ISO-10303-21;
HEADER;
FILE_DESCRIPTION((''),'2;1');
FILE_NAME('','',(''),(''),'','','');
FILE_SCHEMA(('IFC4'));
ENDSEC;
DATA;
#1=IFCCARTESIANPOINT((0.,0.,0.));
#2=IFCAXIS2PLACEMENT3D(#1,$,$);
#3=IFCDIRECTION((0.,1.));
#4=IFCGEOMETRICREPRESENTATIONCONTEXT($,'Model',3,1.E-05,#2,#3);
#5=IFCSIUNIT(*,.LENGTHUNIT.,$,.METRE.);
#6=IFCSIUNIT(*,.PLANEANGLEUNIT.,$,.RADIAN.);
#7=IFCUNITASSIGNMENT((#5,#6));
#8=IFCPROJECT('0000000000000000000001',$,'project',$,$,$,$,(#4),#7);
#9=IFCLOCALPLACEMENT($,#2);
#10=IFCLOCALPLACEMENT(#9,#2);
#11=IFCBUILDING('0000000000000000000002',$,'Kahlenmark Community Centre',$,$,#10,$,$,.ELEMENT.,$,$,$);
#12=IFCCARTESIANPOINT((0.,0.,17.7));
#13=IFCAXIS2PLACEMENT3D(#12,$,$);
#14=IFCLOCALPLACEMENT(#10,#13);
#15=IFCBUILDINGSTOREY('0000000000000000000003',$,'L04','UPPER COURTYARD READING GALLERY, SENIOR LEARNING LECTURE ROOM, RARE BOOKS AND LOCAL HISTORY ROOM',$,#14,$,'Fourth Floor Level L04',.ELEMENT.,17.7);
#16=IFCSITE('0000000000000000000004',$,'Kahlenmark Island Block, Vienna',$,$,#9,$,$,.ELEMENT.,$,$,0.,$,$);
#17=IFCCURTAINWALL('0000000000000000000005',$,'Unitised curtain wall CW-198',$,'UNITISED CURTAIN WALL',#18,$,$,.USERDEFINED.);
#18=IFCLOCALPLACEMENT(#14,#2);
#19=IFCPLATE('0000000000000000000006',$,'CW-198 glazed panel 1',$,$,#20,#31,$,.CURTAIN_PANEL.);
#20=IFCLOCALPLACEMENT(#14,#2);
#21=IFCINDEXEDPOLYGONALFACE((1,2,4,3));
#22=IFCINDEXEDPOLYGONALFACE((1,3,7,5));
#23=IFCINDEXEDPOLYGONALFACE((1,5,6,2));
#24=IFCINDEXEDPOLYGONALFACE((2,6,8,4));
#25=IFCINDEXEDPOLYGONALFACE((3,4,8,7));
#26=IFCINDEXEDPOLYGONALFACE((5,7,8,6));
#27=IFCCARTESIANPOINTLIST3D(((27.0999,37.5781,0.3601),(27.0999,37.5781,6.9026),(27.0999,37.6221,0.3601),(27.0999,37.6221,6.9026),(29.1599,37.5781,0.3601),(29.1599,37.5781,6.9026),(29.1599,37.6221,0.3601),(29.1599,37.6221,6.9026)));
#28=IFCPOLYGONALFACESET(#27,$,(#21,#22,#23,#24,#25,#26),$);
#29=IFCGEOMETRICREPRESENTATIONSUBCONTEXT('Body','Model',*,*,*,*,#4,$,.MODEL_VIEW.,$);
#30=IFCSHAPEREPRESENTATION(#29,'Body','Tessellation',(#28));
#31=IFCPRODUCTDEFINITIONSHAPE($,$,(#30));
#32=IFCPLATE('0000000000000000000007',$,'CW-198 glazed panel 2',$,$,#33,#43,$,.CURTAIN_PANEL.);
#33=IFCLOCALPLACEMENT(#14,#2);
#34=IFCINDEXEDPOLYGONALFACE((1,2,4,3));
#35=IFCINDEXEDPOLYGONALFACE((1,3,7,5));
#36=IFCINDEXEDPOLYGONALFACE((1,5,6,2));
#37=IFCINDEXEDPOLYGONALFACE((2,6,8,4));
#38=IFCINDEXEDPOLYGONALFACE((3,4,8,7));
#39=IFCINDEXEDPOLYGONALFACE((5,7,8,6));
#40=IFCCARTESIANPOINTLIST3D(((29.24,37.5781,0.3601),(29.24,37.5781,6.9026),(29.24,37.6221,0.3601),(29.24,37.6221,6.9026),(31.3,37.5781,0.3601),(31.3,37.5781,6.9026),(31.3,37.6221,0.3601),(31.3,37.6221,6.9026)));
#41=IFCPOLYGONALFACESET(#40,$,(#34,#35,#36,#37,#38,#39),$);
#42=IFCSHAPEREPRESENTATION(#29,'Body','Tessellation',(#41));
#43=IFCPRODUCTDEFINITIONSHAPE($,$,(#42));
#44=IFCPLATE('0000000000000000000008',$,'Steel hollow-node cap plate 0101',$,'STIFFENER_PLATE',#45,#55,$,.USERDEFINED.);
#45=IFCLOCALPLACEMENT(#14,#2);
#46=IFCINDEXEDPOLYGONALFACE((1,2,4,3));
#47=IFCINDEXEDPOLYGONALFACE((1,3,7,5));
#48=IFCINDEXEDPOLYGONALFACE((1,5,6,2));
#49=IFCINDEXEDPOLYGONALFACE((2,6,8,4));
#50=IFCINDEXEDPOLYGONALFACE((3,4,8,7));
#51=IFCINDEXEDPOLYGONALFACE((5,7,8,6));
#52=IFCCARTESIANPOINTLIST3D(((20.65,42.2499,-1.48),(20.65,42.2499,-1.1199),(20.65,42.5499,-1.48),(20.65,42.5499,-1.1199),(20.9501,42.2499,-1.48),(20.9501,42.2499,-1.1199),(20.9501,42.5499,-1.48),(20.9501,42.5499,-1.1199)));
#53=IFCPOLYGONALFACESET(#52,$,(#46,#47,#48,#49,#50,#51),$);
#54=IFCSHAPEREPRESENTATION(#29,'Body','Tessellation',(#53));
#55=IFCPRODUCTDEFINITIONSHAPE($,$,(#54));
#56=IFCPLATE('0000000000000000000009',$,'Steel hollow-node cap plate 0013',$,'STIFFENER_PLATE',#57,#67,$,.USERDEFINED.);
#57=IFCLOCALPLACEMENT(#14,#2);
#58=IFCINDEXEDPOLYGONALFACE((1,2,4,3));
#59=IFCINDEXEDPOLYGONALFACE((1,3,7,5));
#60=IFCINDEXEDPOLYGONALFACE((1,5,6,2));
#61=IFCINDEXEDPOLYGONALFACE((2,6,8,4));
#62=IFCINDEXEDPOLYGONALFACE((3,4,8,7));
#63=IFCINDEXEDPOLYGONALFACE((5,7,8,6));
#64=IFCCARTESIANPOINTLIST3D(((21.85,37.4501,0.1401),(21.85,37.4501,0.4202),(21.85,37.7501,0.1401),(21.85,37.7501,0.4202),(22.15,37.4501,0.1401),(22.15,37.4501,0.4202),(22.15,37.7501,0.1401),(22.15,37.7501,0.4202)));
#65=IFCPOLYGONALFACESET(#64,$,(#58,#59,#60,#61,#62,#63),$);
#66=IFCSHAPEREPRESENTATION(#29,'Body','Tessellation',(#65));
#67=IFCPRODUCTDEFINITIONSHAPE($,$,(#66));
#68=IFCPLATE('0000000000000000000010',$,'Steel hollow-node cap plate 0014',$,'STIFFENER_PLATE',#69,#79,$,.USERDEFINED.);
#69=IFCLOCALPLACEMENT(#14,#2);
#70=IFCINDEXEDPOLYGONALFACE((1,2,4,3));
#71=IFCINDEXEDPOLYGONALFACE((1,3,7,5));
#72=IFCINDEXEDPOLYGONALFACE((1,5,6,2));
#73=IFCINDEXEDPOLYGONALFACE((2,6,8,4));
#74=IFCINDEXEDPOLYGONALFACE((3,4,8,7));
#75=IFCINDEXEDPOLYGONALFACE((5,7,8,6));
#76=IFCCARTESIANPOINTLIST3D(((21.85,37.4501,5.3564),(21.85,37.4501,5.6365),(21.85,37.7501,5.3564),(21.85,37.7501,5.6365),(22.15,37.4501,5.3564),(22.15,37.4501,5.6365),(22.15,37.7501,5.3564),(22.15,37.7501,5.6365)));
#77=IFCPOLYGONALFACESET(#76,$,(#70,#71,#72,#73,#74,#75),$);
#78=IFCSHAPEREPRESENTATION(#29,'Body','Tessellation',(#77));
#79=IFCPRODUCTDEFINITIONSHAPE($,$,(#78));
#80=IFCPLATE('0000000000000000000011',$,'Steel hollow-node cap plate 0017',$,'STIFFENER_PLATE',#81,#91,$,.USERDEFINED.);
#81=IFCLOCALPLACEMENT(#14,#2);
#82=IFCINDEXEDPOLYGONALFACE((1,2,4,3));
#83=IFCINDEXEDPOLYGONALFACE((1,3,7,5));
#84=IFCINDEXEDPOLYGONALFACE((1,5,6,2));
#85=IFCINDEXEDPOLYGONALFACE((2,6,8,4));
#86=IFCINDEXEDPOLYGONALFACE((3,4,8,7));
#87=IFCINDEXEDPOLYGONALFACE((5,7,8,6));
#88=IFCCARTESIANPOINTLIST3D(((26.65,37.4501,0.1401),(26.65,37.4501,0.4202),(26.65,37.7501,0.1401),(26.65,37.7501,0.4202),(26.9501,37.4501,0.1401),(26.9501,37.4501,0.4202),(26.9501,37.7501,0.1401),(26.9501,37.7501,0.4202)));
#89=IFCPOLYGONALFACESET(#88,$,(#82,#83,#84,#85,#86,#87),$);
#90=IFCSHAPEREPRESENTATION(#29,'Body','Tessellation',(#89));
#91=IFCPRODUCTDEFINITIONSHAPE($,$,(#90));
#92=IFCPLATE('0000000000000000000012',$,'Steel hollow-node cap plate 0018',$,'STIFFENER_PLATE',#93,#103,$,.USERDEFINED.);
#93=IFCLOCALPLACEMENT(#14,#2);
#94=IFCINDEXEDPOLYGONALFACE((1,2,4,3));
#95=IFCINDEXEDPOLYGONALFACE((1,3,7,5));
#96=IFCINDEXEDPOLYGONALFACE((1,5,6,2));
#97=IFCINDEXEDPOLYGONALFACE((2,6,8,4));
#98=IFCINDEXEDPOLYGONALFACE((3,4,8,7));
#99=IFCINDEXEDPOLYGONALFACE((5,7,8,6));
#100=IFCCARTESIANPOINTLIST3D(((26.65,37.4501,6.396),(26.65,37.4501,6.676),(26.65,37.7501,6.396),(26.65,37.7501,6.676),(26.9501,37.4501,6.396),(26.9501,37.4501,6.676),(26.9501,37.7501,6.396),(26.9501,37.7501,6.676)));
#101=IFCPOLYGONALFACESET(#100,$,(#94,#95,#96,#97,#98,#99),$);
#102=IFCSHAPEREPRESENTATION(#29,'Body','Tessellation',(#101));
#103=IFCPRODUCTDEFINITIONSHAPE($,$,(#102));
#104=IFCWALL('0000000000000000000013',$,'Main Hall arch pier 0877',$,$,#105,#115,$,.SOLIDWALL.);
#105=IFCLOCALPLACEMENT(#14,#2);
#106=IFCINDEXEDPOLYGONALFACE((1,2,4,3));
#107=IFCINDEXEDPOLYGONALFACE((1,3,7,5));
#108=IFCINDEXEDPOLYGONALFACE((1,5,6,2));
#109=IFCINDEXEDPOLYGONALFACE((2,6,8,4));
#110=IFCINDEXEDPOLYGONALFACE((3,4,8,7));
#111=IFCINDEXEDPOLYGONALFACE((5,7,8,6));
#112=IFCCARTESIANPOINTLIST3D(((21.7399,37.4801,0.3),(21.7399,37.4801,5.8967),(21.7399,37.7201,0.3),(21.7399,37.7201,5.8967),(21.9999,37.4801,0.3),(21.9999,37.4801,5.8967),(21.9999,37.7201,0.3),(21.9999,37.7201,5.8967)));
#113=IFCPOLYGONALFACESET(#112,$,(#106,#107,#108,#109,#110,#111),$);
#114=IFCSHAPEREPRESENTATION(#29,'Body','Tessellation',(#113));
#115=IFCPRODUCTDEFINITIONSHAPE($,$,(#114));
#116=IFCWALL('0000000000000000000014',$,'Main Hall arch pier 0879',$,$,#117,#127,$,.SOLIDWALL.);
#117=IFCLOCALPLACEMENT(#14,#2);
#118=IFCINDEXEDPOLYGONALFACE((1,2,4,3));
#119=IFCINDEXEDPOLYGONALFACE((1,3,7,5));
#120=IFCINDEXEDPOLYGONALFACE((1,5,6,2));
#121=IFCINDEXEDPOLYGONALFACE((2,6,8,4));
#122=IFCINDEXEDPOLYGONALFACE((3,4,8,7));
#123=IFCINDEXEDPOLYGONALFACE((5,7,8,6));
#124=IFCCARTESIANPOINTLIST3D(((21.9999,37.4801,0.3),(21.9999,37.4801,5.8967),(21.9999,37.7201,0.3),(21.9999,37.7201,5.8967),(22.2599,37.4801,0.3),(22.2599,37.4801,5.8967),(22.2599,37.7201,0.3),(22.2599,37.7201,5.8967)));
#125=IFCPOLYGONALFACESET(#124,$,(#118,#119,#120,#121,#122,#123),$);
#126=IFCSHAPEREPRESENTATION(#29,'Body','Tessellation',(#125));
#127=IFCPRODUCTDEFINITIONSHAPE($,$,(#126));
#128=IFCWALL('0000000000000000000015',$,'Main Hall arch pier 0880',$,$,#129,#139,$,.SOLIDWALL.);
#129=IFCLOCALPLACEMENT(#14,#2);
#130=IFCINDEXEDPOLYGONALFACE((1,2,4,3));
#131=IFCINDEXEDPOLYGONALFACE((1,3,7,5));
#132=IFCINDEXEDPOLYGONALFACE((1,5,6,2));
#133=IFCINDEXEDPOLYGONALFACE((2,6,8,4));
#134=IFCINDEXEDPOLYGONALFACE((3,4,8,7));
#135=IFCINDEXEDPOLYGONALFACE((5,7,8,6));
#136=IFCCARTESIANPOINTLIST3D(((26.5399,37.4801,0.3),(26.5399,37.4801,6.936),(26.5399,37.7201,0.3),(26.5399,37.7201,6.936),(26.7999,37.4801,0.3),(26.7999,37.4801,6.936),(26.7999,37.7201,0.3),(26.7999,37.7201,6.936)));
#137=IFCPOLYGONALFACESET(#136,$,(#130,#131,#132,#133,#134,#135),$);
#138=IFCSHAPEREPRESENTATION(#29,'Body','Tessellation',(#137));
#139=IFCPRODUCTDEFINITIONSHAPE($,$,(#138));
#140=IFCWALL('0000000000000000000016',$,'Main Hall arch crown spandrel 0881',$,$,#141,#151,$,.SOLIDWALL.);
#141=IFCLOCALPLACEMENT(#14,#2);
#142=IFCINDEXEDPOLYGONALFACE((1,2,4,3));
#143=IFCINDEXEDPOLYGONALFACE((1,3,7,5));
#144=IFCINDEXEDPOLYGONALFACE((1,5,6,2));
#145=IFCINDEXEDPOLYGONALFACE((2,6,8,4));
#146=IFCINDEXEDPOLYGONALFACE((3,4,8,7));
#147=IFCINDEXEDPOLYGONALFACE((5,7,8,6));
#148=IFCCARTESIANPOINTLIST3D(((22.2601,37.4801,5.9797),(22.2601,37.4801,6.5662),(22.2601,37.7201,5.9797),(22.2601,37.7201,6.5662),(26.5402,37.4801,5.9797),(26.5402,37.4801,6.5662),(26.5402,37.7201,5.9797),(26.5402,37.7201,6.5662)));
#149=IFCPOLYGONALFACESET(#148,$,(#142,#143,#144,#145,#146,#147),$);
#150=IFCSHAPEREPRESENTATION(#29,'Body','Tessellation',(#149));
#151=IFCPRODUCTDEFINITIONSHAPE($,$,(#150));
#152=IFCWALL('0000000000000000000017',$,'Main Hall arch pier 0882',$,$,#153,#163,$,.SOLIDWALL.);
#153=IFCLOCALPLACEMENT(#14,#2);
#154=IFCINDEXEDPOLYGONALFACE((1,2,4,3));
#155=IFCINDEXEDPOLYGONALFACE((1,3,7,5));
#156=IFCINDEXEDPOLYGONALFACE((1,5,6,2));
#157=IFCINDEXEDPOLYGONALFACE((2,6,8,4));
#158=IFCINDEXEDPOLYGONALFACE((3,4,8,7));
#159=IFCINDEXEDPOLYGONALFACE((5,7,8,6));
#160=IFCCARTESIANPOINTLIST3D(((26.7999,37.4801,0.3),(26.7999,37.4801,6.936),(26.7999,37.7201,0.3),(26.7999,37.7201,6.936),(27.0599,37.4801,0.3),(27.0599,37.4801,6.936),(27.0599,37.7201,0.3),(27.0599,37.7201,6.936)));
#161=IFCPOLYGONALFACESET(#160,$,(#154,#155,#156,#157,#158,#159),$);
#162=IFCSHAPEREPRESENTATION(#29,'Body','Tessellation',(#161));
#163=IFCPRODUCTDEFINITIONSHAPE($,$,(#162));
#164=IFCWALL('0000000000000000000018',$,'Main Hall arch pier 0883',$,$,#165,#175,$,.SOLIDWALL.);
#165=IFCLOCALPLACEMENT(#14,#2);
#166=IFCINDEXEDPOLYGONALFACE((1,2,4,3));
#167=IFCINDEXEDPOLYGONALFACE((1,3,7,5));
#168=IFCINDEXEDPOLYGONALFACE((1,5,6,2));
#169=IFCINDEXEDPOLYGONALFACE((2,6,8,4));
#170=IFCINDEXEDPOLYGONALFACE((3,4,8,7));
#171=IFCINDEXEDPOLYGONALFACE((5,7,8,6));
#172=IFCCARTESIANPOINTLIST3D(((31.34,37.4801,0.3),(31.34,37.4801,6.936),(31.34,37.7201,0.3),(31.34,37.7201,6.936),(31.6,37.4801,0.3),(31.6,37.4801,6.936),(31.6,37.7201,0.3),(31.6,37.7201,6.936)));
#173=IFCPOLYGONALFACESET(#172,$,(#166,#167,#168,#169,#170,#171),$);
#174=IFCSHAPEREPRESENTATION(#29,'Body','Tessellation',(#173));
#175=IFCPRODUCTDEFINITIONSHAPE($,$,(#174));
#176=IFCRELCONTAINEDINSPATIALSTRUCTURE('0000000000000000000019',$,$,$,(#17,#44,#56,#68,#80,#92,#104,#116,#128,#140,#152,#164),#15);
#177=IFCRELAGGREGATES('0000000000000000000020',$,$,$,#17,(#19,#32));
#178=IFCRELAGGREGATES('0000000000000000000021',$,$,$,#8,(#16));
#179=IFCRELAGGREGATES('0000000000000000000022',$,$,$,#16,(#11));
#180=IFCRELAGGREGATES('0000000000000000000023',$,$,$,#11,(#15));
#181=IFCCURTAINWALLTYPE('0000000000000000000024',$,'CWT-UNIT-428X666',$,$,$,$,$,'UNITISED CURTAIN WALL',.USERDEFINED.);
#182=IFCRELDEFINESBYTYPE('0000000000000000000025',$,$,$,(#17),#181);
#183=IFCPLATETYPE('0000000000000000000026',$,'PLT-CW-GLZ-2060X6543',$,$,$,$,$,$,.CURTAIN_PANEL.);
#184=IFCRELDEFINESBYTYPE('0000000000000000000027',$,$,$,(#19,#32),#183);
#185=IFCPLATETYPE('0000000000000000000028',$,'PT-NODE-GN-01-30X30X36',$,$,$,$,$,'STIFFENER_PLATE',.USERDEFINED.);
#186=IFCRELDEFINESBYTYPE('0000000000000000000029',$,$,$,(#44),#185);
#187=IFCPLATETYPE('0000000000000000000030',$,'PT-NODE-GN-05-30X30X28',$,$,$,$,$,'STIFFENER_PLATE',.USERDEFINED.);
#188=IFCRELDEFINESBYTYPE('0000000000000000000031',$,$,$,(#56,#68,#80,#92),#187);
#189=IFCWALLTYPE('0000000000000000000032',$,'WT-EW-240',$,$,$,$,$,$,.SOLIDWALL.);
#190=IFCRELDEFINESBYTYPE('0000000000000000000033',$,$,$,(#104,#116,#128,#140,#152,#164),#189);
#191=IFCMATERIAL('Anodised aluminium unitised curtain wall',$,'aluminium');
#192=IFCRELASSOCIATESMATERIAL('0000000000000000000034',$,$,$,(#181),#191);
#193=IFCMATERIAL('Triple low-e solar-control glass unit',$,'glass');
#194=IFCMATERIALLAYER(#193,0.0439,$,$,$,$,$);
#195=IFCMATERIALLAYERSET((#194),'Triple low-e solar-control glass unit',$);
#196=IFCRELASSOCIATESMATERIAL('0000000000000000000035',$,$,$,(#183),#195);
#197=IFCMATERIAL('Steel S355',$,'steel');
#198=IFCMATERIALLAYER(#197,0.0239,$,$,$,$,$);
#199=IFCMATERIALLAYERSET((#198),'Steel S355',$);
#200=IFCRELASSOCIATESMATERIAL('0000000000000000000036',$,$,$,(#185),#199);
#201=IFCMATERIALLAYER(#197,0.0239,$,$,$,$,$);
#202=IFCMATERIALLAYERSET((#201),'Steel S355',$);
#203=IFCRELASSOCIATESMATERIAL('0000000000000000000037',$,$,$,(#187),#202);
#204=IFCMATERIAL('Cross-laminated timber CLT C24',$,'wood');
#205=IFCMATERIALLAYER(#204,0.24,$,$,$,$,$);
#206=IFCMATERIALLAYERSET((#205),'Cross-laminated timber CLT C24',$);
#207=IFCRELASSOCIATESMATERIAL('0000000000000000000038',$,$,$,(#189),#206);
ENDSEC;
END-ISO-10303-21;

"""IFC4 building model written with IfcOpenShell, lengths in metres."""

from ifc_helpers import new_model, si_unit, direction, frame, frame_2d, origin, origin_2d, place, context, subcontext, project, spatial, rectangle, extrude, material, layer, layer_set, type_object, element, aggregate, save


model = new_model("IFC4")

# Units and contexts
model_context = context("Model", 3, precision=1e-05, world=origin(), true_north=direction((0.0, 1.0)))
body_context = subcontext(model_context, "Body", "Model", "MODEL_VIEW")
ifc_project = project(units=[si_unit("LENGTHUNIT", "METRE"), si_unit("PLANEANGLEUNIT", "RADIAN")], contexts=[model_context])

# Site, building, storey
site_placement = place(None, origin())
site = spatial("IfcSite", under=ifc_project, at=site_placement, Name="Kahlenmark Island Block, Vienna", CompositionType="ELEMENT", RefElevation=0.0)
building_placement = place(site_placement, origin())
building = spatial("IfcBuilding", under=site, at=building_placement, Name="Kahlenmark Community Centre", CompositionType="ELEMENT")
storey_placement = place(building_placement, frame((0.0, 0.0, 17.7)))
storey = spatial("IfcBuildingStorey", under=building, at=storey_placement, Name="L04", Description="UPPER COURTYARD READING GALLERY, SENIOR LEARNING LECTURE ROOM, RARE BOOKS AND LOCAL HISTORY ROOM", LongName="Fourth Floor Level L04", CompositionType="ELEMENT", Elevation=17.7)

# Shared definitions
ifc_material_1 = material(Name="Steel S355", Category="steel")

# Shared definitions
ifc_material_2 = material(Name="Anodised aluminium unitised curtain wall", Category="aluminium")

# Curtain wall
curtain_wall_type_1 = type_object("IfcCurtainWallType", Name="CWT-UNIT-428X666", ElementType="UNITISED CURTAIN WALL", PredefinedType="USERDEFINED", material=ifc_material_2)
curtain_wall_1_placement = place(storey_placement, origin())
curtain_wall_1 = element("IfcCurtainWall", 1, at=curtain_wall_1_placement, inside=storey, type_object=curtain_wall_type_1, Name="Unitised curtain wall CW-198", ObjectType="UNITISED CURTAIN WALL", PredefinedType="USERDEFINED")

# Plates
ifc_material_3 = material(Name="Triple low-e solar-control glass unit", Category="glass")
ifc_layer_1 = layer(ifc_material_3, 0.0439)
ifc_layer_set_1 = layer_set([ifc_layer_1], Name="Triple low-e solar-control glass unit")
plate_type_1 = type_object("IfcPlateType", Name="PLT-CW-GLZ-2060X6543", PredefinedType="CURTAIN_PANEL", material=ifc_layer_set_1)
plate_1_placement = place(storey_placement, frame((28.1299, 37.6001, 0.3601), z_axis=(0.0, 0.0, 1.0), x_axis=(1.0, 0.0, 0.0)))
plate_1 = element("IfcPlate", 2, at=plate_1_placement, type_object=plate_type_1, Name="CW-198 glazed panel 1", PredefinedType="CURTAIN_PANEL", context=body_context, shape_type="SweptSolid", body=[
    extrude(rectangle(XDim=2.0601, YDim=0.0439, at=origin_2d()), origin(), (0.0, 0.0, 1.0), 6.5425),
])
plate_2_placement = place(storey_placement, frame((30.27, 37.6001, 0.3601), z_axis=(0.0, 0.0, 1.0), x_axis=(1.0, 0.0, 0.0)))
plate_2 = element("IfcPlate", 3, at=plate_2_placement, type_object=plate_type_1, Name="CW-198 glazed panel 2", PredefinedType="CURTAIN_PANEL", context=body_context, shape_type="SweptSolid", body=[
    extrude(rectangle(XDim=2.0601, YDim=0.0439, at=origin_2d()), origin(), (0.0, 0.0, 1.0), 6.5425),
])
aggregate(curtain_wall_1, [plate_1, plate_2])

# Plates
ifc_layer_2 = layer(ifc_material_1, 0.0239)
ifc_layer_set_2 = layer_set([ifc_layer_2], Name="Steel S355")
plate_type_2 = type_object("IfcPlateType", Name="PT-NODE-GN-01-30X30X36", ElementType="STIFFENER_PLATE", PredefinedType="USERDEFINED", material=ifc_layer_set_2)
plate_3_placement = place(storey_placement, frame((20.8, 42.3999, -1.48), z_axis=(0.0, 0.0, 1.0), x_axis=(1.0, 0.0, 0.0)))
element("IfcPlate", 4, at=plate_3_placement, inside=storey, type_object=plate_type_2, Name="Steel hollow-node cap plate 0101", ObjectType="STIFFENER_PLATE", PredefinedType="USERDEFINED", context=body_context, shape_type="SweptSolid", body=[
    extrude(rectangle(XDim=0.3, YDim=0.3, at=origin_2d()), origin(), (0.0, 0.0, 1.0), 0.3601),
])
ifc_layer_3 = layer(ifc_material_1, 0.0239)
ifc_layer_set_3 = layer_set([ifc_layer_3], Name="Steel S355")
plate_type_3 = type_object("IfcPlateType", Name="PT-NODE-GN-05-30X30X28", ElementType="STIFFENER_PLATE", PredefinedType="USERDEFINED", material=ifc_layer_set_3)
for number, where, z_axis, x_axis, name in (
    (5, (22.0, 37.6001, 0.1401), (0.0, 0.0, 1.0), (1.0, 0.0, 0.0), "Steel hollow-node cap plate 0013"),
    (6, (22.0, 37.6001, 5.3564), (0.0, 0.0, 1.0), (1.0, 0.0, 0.0), "Steel hollow-node cap plate 0014"),
    (7, (26.8, 37.6001, 0.1401), (0.0, 0.0, 1.0), (1.0, 0.0, 0.0), "Steel hollow-node cap plate 0017"),
    (8, (26.8, 37.6001, 6.396), (0.0, 0.0, 1.0), (1.0, 0.0, 0.0), "Steel hollow-node cap plate 0018"),
):
    element("IfcPlate", number, at=place(storey_placement, frame(where, z_axis=z_axis, x_axis=x_axis)), inside=storey, type_object=plate_type_3, Name=name, ObjectType="STIFFENER_PLATE", PredefinedType="USERDEFINED", context=body_context, shape_type="SweptSolid", body=[
        extrude(rectangle(XDim=0.3, YDim=0.3, at=origin_2d()), origin(), (0.0, 0.0, 1.0), 0.28),
    ])

# Walls
ifc_material_4 = material(Name="Cross-laminated timber CLT C24", Category="wood")
ifc_layer_4 = layer(ifc_material_4, 0.24)
ifc_layer_set_4 = layer_set([ifc_layer_4], Name="Cross-laminated timber CLT C24")
wall_type = type_object("IfcWallType", Name="WT-EW-240", PredefinedType="SOLIDWALL", material=ifc_layer_set_4)
for number, where, z_axis, x_axis, name in (
    (9, (21.74, 37.6001, 0.3), (0.0, 0.0, 1.0), (1.0, 0.0, 0.0), "Main Hall arch pier 0877"),
    (10, (22.0, 37.6001, 0.3), (0.0, 0.0, 1.0), (1.0, 0.0, 0.0), "Main Hall arch pier 0879"),
):
    element("IfcWall", number, at=place(storey_placement, frame(where, z_axis=z_axis, x_axis=x_axis)), inside=storey, type_object=wall_type, Name=name, PredefinedType="SOLIDWALL", context=body_context, shape_type="SweptSolid", body=[
        extrude(rectangle(XDim=0.26, YDim=0.24, at=frame_2d((0.1299, 0.0))), origin(), (0.0, 0.0, 1.0), 5.5967),
    ])
wall_1_placement = place(storey_placement, frame((26.54, 37.6001, 0.3), z_axis=(0.0, 0.0, 1.0), x_axis=(1.0, 0.0, 0.0)))
element("IfcWall", 11, at=wall_1_placement, inside=storey, type_object=wall_type, Name="Main Hall arch pier 0880", PredefinedType="SOLIDWALL", context=body_context, shape_type="SweptSolid", body=[
    extrude(rectangle(XDim=0.26, YDim=0.24, at=frame_2d((0.1299, 0.0))), origin(), (0.0, 0.0, 1.0), 6.636),
])
wall_2_placement = place(storey_placement, frame((22.26, 37.6001, 5.9797), z_axis=(0.0, 0.0, 1.0), x_axis=(1.0, 0.0, 0.0)))
element("IfcWall", 12, at=wall_2_placement, inside=storey, type_object=wall_type, Name="Main Hall arch crown spandrel 0881", PredefinedType="SOLIDWALL", context=body_context, shape_type="SweptSolid", body=[
    extrude(rectangle(XDim=4.28, YDim=0.24, at=frame_2d((2.1401, 0.0))), origin(), (0.0, 0.0, 1.0), 0.5864),
])
for number, where, z_axis, x_axis, name in (
    (13, (26.8, 37.6001, 0.3), (0.0, 0.0, 1.0), (1.0, 0.0, 0.0), "Main Hall arch pier 0882"),
    (14, (31.3401, 37.6001, 0.3), (0.0, 0.0, 1.0), (1.0, 0.0, 0.0), "Main Hall arch pier 0883"),
):
    element("IfcWall", number, at=place(storey_placement, frame(where, z_axis=z_axis, x_axis=x_axis)), inside=storey, type_object=wall_type, Name=name, PredefinedType="SOLIDWALL", context=body_context, shape_type="SweptSolid", body=[
        extrude(rectangle(XDim=0.26, YDim=0.24, at=frame_2d((0.1299, 0.0))), origin(), (0.0, 0.0, 1.0), 6.636),
    ])

save(model, "model.ifc")
